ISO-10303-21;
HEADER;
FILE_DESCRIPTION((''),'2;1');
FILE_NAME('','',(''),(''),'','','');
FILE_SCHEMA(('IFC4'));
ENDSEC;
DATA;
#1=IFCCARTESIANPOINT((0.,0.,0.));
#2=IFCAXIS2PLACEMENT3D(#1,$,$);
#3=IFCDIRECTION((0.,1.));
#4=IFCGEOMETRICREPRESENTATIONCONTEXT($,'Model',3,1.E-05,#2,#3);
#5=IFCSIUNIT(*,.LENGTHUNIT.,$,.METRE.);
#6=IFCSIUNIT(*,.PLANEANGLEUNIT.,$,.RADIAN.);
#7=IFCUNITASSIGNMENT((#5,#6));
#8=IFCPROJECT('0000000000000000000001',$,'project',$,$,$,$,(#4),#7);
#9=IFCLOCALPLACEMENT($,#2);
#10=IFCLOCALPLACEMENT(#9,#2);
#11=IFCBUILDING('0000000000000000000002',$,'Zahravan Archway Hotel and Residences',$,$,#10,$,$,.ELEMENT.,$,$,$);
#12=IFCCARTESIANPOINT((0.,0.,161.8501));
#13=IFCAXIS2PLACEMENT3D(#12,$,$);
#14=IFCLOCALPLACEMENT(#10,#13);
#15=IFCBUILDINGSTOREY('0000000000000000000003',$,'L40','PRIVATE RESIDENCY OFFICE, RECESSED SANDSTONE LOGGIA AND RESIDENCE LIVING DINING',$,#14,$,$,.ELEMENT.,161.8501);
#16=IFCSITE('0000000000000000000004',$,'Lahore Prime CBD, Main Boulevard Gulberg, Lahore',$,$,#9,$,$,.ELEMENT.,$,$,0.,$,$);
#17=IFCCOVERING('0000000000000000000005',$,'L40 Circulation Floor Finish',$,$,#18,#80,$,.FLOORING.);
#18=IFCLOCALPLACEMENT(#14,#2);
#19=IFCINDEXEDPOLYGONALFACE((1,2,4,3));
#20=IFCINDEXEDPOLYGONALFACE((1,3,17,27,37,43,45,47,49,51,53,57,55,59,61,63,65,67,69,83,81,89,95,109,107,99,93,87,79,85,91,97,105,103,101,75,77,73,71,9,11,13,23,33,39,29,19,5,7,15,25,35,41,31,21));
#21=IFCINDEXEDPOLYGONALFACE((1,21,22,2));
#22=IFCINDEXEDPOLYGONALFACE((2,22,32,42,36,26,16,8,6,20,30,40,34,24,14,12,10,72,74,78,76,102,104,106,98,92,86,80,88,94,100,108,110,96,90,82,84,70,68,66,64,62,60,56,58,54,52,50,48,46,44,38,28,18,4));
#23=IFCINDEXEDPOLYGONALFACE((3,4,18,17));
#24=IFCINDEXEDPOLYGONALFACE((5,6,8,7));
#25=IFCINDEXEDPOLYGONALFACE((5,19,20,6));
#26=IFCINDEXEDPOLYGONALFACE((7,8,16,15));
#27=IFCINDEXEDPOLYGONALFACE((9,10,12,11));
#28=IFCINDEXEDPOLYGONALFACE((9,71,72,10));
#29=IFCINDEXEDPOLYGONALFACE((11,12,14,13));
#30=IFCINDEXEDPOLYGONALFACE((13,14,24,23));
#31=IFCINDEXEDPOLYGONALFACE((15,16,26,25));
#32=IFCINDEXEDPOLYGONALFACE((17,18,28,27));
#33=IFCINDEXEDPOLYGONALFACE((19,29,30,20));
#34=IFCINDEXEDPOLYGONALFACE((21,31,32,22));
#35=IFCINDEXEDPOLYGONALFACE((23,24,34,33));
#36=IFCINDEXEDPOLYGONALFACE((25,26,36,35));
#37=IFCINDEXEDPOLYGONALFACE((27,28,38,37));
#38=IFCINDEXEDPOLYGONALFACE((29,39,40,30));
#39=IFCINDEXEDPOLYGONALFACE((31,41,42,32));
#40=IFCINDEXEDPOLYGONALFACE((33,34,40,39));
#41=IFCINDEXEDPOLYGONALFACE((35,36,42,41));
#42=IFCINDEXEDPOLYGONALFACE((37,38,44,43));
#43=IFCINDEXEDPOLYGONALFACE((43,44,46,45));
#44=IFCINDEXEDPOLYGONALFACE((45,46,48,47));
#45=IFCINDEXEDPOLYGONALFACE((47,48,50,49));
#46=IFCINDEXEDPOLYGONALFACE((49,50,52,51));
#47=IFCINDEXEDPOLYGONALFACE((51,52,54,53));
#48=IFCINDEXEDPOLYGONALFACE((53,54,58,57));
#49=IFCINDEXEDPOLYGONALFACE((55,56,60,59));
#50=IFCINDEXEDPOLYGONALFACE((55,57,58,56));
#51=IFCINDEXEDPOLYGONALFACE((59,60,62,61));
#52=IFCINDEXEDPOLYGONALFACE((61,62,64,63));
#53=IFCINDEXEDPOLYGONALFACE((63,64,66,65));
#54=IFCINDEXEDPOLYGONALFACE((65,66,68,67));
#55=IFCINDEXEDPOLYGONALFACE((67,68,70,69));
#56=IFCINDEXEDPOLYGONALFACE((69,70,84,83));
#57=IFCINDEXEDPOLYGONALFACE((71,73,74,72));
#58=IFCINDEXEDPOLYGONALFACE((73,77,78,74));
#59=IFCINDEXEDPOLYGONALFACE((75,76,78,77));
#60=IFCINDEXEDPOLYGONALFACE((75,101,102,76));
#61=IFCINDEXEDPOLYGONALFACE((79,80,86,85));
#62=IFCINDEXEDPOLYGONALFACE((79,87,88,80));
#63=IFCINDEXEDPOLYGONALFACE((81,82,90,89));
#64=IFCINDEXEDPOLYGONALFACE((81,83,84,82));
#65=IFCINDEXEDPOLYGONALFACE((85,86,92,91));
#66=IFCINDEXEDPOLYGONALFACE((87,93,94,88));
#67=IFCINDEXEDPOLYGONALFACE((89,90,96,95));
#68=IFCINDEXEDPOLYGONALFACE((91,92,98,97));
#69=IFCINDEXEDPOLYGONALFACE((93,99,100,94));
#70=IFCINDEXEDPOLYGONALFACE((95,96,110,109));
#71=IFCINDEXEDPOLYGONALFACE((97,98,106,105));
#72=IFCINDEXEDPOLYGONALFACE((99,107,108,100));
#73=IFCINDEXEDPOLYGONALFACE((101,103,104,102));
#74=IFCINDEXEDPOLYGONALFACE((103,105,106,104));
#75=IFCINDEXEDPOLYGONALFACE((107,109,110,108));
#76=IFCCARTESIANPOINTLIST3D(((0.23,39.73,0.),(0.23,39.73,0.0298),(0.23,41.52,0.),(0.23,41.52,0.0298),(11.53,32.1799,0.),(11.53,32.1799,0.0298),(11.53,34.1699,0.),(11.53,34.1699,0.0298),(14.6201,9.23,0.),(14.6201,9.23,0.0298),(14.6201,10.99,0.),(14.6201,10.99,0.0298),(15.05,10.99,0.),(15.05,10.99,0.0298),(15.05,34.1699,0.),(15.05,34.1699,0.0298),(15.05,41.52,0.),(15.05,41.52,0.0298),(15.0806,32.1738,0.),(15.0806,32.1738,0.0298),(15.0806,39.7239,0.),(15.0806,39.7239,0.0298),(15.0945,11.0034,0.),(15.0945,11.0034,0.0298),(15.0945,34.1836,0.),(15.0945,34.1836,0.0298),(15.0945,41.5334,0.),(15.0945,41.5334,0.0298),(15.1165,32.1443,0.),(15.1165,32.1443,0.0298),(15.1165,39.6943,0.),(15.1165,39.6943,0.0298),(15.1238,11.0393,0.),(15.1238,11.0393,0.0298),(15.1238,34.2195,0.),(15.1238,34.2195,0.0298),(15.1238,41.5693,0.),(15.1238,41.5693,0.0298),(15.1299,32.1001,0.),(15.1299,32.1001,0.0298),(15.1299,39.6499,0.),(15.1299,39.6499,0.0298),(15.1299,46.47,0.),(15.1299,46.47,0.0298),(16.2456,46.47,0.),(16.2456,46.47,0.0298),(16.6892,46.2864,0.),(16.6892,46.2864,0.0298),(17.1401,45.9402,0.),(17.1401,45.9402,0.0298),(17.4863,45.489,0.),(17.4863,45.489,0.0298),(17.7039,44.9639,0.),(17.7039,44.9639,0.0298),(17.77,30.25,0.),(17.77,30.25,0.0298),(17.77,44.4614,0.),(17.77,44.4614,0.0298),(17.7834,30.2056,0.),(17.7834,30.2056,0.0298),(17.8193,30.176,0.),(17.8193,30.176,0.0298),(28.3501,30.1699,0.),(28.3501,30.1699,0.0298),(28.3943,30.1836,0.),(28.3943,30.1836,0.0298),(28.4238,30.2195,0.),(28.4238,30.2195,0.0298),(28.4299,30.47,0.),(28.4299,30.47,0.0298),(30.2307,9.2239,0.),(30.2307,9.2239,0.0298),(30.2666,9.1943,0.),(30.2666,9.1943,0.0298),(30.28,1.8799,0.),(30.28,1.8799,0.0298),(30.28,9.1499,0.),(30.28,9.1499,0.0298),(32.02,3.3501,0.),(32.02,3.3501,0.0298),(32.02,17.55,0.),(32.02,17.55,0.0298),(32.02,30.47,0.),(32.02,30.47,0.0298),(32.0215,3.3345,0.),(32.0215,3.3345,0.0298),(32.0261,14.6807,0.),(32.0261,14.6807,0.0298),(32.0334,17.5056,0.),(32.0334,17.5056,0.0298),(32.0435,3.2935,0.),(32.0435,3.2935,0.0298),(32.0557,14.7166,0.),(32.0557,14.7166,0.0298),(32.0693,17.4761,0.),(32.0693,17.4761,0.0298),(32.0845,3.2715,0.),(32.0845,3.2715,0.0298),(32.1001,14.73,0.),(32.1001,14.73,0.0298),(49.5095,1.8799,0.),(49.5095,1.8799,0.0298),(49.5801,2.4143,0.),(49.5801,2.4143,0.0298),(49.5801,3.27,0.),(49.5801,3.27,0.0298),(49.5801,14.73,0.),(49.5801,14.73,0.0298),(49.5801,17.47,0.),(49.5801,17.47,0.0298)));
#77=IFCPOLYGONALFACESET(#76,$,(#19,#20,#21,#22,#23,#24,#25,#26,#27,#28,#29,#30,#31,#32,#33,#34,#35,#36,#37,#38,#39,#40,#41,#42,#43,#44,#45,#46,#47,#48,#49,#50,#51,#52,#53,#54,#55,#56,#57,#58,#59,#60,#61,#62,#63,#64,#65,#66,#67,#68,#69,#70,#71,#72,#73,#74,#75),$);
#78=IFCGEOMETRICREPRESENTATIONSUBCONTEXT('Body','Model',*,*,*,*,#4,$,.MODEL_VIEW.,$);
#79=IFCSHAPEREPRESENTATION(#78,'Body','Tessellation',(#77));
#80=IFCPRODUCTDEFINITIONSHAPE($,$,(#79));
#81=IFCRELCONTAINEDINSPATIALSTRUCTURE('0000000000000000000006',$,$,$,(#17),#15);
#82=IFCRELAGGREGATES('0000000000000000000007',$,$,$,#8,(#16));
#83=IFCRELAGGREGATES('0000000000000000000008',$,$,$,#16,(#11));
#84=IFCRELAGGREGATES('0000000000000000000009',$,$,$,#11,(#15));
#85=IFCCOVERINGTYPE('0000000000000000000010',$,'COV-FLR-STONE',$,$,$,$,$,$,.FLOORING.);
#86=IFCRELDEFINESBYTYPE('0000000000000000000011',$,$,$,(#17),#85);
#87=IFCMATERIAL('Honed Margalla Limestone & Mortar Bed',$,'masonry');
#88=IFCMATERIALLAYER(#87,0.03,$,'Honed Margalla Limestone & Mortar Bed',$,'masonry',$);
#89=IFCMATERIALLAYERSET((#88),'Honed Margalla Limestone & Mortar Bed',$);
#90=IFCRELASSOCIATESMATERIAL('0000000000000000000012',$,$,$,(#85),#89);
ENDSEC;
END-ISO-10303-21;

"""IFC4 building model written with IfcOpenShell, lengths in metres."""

from ifc_helpers import new_model, si_unit, direction, frame, origin, place, context, subcontext, project, spatial, polyline, outline, extrude, material, layer, layer_set, type_object, element, save


model = new_model("IFC4")

# Units and contexts
model_context = context("Model", 3, precision=1e-05, world=origin(), true_north=direction((0.0, 1.0)))
body_context = subcontext(model_context, "Body", "Model", "MODEL_VIEW")
ifc_project = project(units=[si_unit("LENGTHUNIT", "METRE"), si_unit("PLANEANGLEUNIT", "RADIAN")], contexts=[model_context])

# Site, building, storey
site_placement = place(None, origin())
site = spatial("IfcSite", under=ifc_project, at=site_placement, Name="Lahore Prime CBD, Main Boulevard Gulberg, Lahore", CompositionType="ELEMENT", RefElevation=0.0)
building_placement = place(site_placement, origin())
building = spatial("IfcBuilding", under=site, at=building_placement, Name="Zahravan Archway Hotel and Residences", CompositionType="ELEMENT")
storey_placement = place(building_placement, frame((0.0, 0.0, 161.8501)))
storey = spatial("IfcBuildingStorey", under=building, at=storey_placement, Name="L40", Description="PRIVATE RESIDENCY OFFICE, RECESSED SANDSTONE LOGGIA AND RESIDENCE LIVING DINING", CompositionType="ELEMENT", Elevation=161.8501)

# Covering
ifc_material_1 = material(Name="Honed Margalla Limestone & Mortar Bed", Category="masonry")
ifc_layer_1 = layer(ifc_material_1, 0.03, Name="Honed Margalla Limestone & Mortar Bed", Category="masonry")
ifc_layer_set_1 = layer_set([ifc_layer_1], Name="Honed Margalla Limestone & Mortar Bed")
covering_type_1 = type_object("IfcCoveringType", Name="COV-FLR-STONE", PredefinedType="FLOORING", material=ifc_layer_set_1)
covering_1_placement = place(storey_placement, origin())
element("IfcCovering", 1, at=covering_1_placement, inside=storey, type_object=covering_type_1, Name="L40 Circulation Floor Finish", PredefinedType="FLOORING", context=body_context, shape_type="SweptSolid", body=[
    extrude(outline(polyline([(32.0215, 3.3345), (32.0435, 3.2935), (32.0845, 3.2715), (49.5801, 3.27), (49.5801, 2.4143), (49.5095, 1.8799), (30.28, 1.8799), (30.28, 9.1499), (30.2666, 9.1943), (30.2307, 9.2239), (14.6201, 9.23), (14.6201, 10.99), (15.05, 10.99), (15.0945, 11.0034), (15.1238, 11.0393), (15.1299, 32.1001), (15.1165, 32.1443), (15.0806, 32.1738), (11.53, 32.1799), (11.53, 34.1699), (15.05, 34.1699), (15.0945, 34.1836), (15.1238, 34.2195), (15.1299, 39.6499), (15.1165, 39.6943), (15.0806, 39.7239), (0.23, 39.73), (0.23, 41.52), (15.05, 41.52), (15.0945, 41.5334), (15.1238, 41.5693), (15.1299, 46.47), (16.2456, 46.47), (16.6892, 46.2864), (17.1401, 45.9402), (17.4863, 45.489), (17.7039, 44.9639), (17.77, 44.4614), (17.77, 30.25), (17.7834, 30.2056), (17.8193, 30.176), (28.3501, 30.1699), (28.3943, 30.1836), (28.4238, 30.2195), (28.4299, 30.47), (32.02, 30.47), (32.02, 17.55), (32.0334, 17.5056), (32.0693, 17.4761), (49.5801, 17.47), (49.5801, 14.73), (32.1001, 14.73), (32.0557, 14.7166), (32.0261, 14.6807), (32.02, 3.3501), (32.0215, 3.3345)])), origin(), (0.0, 0.0, 1.0), 0.0298),
])

save(model, "model.ifc")
